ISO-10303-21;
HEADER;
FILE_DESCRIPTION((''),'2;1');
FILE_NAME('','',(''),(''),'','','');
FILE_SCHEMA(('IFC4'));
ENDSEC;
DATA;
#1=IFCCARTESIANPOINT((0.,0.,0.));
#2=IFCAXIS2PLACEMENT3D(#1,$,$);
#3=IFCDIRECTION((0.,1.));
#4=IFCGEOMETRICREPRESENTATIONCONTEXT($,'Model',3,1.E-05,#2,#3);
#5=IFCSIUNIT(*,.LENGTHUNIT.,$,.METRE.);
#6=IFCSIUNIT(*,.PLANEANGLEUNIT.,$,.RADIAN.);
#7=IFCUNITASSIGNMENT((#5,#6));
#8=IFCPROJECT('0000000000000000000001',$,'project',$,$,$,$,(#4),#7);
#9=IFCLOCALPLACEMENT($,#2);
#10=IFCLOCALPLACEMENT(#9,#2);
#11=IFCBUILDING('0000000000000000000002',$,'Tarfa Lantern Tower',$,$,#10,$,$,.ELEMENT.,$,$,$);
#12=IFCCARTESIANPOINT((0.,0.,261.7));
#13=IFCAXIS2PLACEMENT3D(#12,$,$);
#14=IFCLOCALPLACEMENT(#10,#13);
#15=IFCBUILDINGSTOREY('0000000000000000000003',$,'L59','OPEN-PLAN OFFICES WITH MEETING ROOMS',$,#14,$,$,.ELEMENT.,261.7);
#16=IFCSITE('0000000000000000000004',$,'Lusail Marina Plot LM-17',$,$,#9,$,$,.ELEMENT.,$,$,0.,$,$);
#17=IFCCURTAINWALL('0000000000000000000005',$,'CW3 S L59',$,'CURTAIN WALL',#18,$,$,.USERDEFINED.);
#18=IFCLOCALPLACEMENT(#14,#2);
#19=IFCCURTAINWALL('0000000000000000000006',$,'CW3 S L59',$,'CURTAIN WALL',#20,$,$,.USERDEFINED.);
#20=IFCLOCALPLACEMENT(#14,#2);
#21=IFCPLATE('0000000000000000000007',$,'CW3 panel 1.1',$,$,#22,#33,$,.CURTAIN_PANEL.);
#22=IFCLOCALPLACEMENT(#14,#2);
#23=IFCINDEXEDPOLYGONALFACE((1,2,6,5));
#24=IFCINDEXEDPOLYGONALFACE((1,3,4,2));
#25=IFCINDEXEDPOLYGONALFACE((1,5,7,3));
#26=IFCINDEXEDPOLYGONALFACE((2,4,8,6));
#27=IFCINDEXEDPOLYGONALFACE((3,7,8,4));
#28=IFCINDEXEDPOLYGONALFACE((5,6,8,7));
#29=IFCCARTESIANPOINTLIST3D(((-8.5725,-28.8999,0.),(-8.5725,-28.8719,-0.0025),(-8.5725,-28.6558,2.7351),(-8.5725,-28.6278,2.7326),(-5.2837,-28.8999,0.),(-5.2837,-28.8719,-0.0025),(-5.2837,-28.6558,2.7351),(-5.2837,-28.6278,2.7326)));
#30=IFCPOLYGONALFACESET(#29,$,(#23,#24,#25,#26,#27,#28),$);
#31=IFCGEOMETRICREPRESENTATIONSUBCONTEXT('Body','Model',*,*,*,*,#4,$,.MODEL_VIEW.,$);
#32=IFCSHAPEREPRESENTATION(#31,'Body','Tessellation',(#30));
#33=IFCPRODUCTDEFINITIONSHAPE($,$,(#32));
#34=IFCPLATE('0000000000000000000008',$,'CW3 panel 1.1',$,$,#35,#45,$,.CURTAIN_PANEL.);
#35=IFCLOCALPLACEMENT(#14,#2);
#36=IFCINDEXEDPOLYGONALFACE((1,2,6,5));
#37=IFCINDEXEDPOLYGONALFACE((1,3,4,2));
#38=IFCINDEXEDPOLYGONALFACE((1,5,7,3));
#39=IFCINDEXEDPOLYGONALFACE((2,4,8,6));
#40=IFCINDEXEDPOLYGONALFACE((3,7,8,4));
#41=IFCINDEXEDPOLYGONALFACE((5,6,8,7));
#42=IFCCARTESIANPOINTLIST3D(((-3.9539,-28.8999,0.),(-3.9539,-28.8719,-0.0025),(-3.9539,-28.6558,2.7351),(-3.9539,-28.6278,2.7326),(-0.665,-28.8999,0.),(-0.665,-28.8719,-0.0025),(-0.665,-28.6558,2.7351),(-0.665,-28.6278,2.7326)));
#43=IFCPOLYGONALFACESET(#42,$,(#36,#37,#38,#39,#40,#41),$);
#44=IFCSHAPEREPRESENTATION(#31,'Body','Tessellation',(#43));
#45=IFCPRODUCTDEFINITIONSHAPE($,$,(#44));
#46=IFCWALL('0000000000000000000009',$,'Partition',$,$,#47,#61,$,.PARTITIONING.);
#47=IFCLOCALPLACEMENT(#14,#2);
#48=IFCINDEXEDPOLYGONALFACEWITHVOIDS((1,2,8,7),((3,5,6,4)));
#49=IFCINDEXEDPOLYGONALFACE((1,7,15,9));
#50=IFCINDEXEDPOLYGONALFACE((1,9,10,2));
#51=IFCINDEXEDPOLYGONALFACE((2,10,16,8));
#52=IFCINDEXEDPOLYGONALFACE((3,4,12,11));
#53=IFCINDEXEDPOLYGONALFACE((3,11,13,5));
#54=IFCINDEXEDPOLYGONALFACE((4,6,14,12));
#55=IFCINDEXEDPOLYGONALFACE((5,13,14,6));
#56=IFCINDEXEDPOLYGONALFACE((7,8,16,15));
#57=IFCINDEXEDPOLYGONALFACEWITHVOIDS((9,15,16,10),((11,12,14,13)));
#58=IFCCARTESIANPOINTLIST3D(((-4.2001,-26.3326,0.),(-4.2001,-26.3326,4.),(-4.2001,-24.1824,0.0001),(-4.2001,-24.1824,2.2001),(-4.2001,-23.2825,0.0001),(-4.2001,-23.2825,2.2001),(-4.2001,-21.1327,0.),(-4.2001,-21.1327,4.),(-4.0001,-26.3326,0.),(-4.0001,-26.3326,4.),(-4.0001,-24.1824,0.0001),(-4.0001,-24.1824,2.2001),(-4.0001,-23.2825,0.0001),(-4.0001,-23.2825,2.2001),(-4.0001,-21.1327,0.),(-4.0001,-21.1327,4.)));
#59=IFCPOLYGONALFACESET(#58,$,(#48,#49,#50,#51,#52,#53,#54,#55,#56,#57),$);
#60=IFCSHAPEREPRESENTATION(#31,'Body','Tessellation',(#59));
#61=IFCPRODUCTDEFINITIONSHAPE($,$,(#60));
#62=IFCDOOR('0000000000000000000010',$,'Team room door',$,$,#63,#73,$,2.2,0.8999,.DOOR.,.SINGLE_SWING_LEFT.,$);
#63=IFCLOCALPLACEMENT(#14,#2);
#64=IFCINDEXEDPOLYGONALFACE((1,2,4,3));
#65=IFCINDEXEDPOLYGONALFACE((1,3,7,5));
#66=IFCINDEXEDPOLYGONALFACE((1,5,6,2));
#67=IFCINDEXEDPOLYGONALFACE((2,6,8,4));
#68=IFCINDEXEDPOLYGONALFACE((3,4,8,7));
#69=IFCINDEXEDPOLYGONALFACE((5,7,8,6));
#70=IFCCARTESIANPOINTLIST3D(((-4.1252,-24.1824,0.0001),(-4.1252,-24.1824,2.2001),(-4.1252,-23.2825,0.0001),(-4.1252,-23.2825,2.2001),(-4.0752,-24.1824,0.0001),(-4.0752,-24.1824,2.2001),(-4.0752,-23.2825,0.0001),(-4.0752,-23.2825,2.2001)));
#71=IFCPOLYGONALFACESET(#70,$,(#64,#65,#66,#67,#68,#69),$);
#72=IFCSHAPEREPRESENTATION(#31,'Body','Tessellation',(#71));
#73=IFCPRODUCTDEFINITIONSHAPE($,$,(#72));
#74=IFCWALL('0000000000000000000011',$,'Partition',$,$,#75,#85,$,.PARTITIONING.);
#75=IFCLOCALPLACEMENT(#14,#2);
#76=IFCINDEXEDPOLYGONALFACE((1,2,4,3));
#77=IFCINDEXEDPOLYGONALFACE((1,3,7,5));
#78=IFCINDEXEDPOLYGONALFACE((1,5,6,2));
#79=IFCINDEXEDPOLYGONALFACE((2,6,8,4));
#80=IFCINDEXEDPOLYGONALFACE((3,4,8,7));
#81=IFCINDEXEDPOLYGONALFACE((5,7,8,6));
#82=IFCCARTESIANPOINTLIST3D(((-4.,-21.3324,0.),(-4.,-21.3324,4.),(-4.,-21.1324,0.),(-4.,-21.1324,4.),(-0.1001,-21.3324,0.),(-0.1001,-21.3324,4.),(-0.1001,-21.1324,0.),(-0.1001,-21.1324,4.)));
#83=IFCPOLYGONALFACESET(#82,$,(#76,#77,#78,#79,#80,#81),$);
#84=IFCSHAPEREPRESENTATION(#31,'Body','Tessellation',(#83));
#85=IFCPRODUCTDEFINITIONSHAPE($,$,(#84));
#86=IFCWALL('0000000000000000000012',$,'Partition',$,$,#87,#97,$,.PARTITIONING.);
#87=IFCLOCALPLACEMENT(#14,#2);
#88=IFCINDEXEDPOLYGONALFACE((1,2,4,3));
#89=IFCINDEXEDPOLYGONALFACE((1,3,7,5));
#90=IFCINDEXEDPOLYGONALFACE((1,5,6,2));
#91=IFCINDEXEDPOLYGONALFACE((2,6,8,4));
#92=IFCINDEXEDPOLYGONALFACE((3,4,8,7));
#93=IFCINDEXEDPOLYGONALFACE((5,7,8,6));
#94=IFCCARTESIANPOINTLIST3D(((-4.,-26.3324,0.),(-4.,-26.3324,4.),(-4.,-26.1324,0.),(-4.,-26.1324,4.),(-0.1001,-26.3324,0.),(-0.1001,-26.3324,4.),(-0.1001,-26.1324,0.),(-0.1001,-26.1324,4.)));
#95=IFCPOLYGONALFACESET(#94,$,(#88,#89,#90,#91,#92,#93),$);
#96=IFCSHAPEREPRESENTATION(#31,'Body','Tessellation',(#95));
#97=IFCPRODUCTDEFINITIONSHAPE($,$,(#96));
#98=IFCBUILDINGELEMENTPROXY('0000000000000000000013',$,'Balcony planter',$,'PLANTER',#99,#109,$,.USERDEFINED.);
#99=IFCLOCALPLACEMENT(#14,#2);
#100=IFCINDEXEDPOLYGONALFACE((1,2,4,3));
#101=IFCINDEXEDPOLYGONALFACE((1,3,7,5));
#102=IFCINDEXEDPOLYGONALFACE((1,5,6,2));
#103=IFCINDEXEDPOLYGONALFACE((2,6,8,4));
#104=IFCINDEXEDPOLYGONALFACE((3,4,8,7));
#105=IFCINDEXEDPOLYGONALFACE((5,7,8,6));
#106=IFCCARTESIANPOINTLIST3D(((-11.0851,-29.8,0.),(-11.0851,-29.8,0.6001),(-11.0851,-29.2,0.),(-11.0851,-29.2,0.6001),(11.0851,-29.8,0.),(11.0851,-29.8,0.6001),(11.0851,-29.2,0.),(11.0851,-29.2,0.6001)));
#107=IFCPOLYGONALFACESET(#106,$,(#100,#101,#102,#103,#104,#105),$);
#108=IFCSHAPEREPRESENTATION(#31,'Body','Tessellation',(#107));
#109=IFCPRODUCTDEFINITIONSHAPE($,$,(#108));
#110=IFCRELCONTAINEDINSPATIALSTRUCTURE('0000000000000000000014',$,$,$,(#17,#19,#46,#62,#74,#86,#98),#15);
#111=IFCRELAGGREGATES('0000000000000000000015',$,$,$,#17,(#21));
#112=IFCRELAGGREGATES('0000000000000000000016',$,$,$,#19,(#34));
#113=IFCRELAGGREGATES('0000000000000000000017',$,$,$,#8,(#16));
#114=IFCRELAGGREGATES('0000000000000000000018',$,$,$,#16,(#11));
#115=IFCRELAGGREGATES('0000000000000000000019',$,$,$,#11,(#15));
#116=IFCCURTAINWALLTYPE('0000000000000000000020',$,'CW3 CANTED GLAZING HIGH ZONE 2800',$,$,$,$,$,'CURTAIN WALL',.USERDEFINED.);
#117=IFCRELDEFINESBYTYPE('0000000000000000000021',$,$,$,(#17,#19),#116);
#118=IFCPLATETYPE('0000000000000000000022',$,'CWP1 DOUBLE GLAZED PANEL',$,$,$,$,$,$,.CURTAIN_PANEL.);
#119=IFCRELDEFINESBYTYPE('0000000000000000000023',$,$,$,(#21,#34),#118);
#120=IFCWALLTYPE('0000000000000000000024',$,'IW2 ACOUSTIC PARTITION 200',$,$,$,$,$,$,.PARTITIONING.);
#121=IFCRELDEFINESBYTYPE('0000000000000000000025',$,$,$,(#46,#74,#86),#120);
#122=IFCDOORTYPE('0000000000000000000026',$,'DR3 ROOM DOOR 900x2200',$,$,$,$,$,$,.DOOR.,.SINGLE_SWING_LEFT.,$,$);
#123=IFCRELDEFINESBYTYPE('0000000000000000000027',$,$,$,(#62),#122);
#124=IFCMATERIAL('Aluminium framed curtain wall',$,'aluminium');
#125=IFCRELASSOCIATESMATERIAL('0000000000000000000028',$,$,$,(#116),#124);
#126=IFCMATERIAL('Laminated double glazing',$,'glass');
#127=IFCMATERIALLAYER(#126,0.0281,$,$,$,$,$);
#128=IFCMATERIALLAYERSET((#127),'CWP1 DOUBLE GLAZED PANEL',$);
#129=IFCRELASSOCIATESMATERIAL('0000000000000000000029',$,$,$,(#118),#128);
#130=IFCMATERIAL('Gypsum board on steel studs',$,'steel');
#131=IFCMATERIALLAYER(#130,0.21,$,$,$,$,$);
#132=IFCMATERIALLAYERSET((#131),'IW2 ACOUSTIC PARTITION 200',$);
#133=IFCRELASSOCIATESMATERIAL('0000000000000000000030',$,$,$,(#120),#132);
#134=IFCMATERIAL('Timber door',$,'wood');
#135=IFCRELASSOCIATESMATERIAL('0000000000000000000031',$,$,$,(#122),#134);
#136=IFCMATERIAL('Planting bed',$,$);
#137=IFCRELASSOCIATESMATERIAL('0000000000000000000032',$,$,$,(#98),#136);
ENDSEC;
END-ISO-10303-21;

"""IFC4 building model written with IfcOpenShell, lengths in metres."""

from ifc_helpers import new_model, si_unit, direction, frame, frame_2d, origin, origin_2d, place, context, subcontext, project, spatial, polyline, rectangle, outline, extrude, material, layer, layer_set, type_object, element, fill, aggregate, save


model = new_model("IFC4")

# Units and contexts
model_context = context("Model", 3, precision=1e-05, world=origin(), true_north=direction((0.0, 1.0)))
body_context = subcontext(model_context, "Body", "Model", "MODEL_VIEW")
ifc_project = project(units=[si_unit("LENGTHUNIT", "METRE"), si_unit("PLANEANGLEUNIT", "RADIAN")], contexts=[model_context])

# Site, building, storey
site_placement = place(None, origin())
site = spatial("IfcSite", under=ifc_project, at=site_placement, Name="Lusail Marina Plot LM-17", CompositionType="ELEMENT", RefElevation=0.0)
building_placement = place(site_placement, origin())
building = spatial("IfcBuilding", under=site, at=building_placement, Name="Tarfa Lantern Tower", CompositionType="ELEMENT")
storey_placement = place(building_placement, frame((0.0, 0.0, 261.7)))
storey = spatial("IfcBuildingStorey", under=building, at=storey_placement, Name="L59", Description="OPEN-PLAN OFFICES WITH MEETING ROOMS", CompositionType="ELEMENT", Elevation=261.7)

# Shared definitions
ifc_material_1 = material(Name="Aluminium framed curtain wall", Category="aluminium")
curtain_wall_type = type_object("IfcCurtainWallType", Name="CW3 CANTED GLAZING HIGH ZONE 2800", ElementType="CURTAIN WALL", PredefinedType="USERDEFINED", material=ifc_material_1)

# Curtain walls
curtain_wall_1_placement = place(storey_placement, origin())
curtain_wall_1 = element("IfcCurtainWall", 1, at=curtain_wall_1_placement, inside=storey, type_object=curtain_wall_type, Name="CW3 S L59", ObjectType="CURTAIN WALL", PredefinedType="USERDEFINED")
curtain_wall_2_placement = place(storey_placement, origin())
curtain_wall_2 = element("IfcCurtainWall", 2, at=curtain_wall_2_placement, inside=storey, type_object=curtain_wall_type, Name="CW3 S L59", ObjectType="CURTAIN WALL", PredefinedType="USERDEFINED")

# Plates
ifc_material_2 = material(Name="Laminated double glazing", Category="glass")
ifc_layer_1 = layer(ifc_material_2, 0.0281)
ifc_layer_set_1 = layer_set([ifc_layer_1], Name="CWP1 DOUBLE GLAZED PANEL")
plate_type = type_object("IfcPlateType", Name="CWP1 DOUBLE GLAZED PANEL", PredefinedType="CURTAIN_PANEL", material=ifc_layer_set_1)
plate_1_placement = place(storey_placement, frame((-8.5725, -28.8999, 0.0), z_axis=(0.0, -0.99604, 0.088908), x_axis=(1.0, 0.0, 0.0)))
plate_1 = element("IfcPlate", 3, at=plate_1_placement, type_object=plate_type, Name="CW3 panel 1.1", PredefinedType="CURTAIN_PANEL", context=body_context, shape_type="SweptSolid", body=[
    extrude(outline(polyline([(0.0, 0.0), (3.2888, 0.0), (3.2888, 2.746), (0.0, 2.746), (0.0, 0.0)])), origin(), (0.0, 0.0, -1.0), 0.0281),
])
aggregate(curtain_wall_1, [plate_1])
plate_2_placement = place(storey_placement, frame((-3.9539, -28.8999, 0.0), z_axis=(0.0, -0.99604, 0.088908), x_axis=(1.0, 0.0, 0.0)))
plate_2 = element("IfcPlate", 4, at=plate_2_placement, type_object=plate_type, Name="CW3 panel 1.1", PredefinedType="CURTAIN_PANEL", context=body_context, shape_type="SweptSolid", body=[
    extrude(outline(polyline([(0.0, 0.0), (3.2888, 0.0), (3.2888, 2.746), (0.0, 2.746), (0.0, 0.0)])), origin(), (0.0, 0.0, -1.0), 0.0281),
])
aggregate(curtain_wall_2, [plate_2])

# Wall, opening, door
ifc_material_3 = material(Name="Gypsum board on steel studs", Category="steel")
ifc_layer_2 = layer(ifc_material_3, 0.21)
ifc_layer_set_2 = layer_set([ifc_layer_2], Name="IW2 ACOUSTIC PARTITION 200")
wall_type = type_object("IfcWallType", Name="IW2 ACOUSTIC PARTITION 200", PredefinedType="PARTITIONING", material=ifc_layer_set_2)
wall_placement = place(storey_placement, frame((-4.1001, -21.1326, 0.0), z_axis=(0.0, 0.0, 1.0), x_axis=(0.0, -1.0, 0.0)))
wall = element("IfcWall", 5, at=wall_placement, inside=storey, type_object=wall_type, Name="Partition", PredefinedType="PARTITIONING", context=body_context, shape_type="SweptSolid", body=[
    extrude(rectangle(XDim=5.2, YDim=0.2, at=frame_2d((2.6001, 0.0))), origin(), (0.0, 0.0, 1.0), 4.0),
])
opening_placement = place(wall_placement, frame((2.1499, 0.0, 0.0)))
opening = element("IfcOpeningElement", 6, at=opening_placement, cuts=wall, PredefinedType="OPENING", context=body_context, shape_type="SweptSolid", body=[
    extrude(rectangle(XDim=0.8999, YDim=2.2, at=frame_2d((0.45, 1.1001))), frame((0.0, 0.1099, 0.0), z_axis=(0.0, -1.0, 0.0), x_axis=(1.0, 0.0, 0.0)), (0.0, 0.0, 1.0), 0.22),
])
ifc_material_4 = material(Name="Timber door", Category="wood")
door_type = type_object("IfcDoorType", Name="DR3 ROOM DOOR 900x2200", OperationType="SINGLE_SWING_LEFT", PredefinedType="DOOR", material=ifc_material_4)
door_placement = place(opening_placement, origin())
door = element("IfcDoor", 7, at=door_placement, inside=storey, type_object=door_type, Name="Team room door", OperationType="SINGLE_SWING_LEFT", OverallHeight=2.2, OverallWidth=0.8999, PredefinedType="DOOR", context=body_context, shape_type="SweptSolid", body=[
    extrude(rectangle(XDim=0.8999, YDim=2.2, at=frame_2d((0.45, 1.1001))), frame((0.0, 0.0249, 0.0), z_axis=(0.0, -1.0, 0.0), x_axis=(1.0, 0.0, 0.0)), (0.0, 0.0, 1.0), 0.05),
])
fill(opening, door)

# Walls
for number, where, z_axis, x_axis, name in (
    (8, (-0.1001, -21.2324, 0.0), (0.0, 0.0, 1.0), (-1.0, 0.0, 0.0), "Partition"),
    (9, (-0.1001, -26.2324, 0.0), (0.0, 0.0, 1.0), (-1.0, 0.0, 0.0), "Partition"),
):
    element("IfcWall", number, at=place(storey_placement, frame(where, z_axis=z_axis, x_axis=x_axis)), inside=storey, type_object=wall_type, Name=name, PredefinedType="PARTITIONING", context=body_context, shape_type="SweptSolid", body=[
        extrude(rectangle(XDim=3.8999, YDim=0.2, at=frame_2d((1.95, 0.0))), origin(), (0.0, 0.0, 1.0), 4.0),
    ])

# Building element proxy
ifc_material_5 = material(Name="Planting bed")
proxy_placement = place(storey_placement, frame((0.0, -29.5, 0.0), z_axis=(0.0, 0.0, 1.0), x_axis=(1.0, 0.0, 0.0)))
element("IfcBuildingElementProxy", 10, at=proxy_placement, inside=storey, material=ifc_material_5, Name="Balcony planter", ObjectType="PLANTER", PredefinedType="USERDEFINED", context=body_context, shape_type="SweptSolid", body=[
    extrude(rectangle(XDim=22.1702, YDim=0.6001, at=origin_2d()), origin(), (0.0, 0.0, 1.0), 0.6001),
])

save(model, "model.ifc")
